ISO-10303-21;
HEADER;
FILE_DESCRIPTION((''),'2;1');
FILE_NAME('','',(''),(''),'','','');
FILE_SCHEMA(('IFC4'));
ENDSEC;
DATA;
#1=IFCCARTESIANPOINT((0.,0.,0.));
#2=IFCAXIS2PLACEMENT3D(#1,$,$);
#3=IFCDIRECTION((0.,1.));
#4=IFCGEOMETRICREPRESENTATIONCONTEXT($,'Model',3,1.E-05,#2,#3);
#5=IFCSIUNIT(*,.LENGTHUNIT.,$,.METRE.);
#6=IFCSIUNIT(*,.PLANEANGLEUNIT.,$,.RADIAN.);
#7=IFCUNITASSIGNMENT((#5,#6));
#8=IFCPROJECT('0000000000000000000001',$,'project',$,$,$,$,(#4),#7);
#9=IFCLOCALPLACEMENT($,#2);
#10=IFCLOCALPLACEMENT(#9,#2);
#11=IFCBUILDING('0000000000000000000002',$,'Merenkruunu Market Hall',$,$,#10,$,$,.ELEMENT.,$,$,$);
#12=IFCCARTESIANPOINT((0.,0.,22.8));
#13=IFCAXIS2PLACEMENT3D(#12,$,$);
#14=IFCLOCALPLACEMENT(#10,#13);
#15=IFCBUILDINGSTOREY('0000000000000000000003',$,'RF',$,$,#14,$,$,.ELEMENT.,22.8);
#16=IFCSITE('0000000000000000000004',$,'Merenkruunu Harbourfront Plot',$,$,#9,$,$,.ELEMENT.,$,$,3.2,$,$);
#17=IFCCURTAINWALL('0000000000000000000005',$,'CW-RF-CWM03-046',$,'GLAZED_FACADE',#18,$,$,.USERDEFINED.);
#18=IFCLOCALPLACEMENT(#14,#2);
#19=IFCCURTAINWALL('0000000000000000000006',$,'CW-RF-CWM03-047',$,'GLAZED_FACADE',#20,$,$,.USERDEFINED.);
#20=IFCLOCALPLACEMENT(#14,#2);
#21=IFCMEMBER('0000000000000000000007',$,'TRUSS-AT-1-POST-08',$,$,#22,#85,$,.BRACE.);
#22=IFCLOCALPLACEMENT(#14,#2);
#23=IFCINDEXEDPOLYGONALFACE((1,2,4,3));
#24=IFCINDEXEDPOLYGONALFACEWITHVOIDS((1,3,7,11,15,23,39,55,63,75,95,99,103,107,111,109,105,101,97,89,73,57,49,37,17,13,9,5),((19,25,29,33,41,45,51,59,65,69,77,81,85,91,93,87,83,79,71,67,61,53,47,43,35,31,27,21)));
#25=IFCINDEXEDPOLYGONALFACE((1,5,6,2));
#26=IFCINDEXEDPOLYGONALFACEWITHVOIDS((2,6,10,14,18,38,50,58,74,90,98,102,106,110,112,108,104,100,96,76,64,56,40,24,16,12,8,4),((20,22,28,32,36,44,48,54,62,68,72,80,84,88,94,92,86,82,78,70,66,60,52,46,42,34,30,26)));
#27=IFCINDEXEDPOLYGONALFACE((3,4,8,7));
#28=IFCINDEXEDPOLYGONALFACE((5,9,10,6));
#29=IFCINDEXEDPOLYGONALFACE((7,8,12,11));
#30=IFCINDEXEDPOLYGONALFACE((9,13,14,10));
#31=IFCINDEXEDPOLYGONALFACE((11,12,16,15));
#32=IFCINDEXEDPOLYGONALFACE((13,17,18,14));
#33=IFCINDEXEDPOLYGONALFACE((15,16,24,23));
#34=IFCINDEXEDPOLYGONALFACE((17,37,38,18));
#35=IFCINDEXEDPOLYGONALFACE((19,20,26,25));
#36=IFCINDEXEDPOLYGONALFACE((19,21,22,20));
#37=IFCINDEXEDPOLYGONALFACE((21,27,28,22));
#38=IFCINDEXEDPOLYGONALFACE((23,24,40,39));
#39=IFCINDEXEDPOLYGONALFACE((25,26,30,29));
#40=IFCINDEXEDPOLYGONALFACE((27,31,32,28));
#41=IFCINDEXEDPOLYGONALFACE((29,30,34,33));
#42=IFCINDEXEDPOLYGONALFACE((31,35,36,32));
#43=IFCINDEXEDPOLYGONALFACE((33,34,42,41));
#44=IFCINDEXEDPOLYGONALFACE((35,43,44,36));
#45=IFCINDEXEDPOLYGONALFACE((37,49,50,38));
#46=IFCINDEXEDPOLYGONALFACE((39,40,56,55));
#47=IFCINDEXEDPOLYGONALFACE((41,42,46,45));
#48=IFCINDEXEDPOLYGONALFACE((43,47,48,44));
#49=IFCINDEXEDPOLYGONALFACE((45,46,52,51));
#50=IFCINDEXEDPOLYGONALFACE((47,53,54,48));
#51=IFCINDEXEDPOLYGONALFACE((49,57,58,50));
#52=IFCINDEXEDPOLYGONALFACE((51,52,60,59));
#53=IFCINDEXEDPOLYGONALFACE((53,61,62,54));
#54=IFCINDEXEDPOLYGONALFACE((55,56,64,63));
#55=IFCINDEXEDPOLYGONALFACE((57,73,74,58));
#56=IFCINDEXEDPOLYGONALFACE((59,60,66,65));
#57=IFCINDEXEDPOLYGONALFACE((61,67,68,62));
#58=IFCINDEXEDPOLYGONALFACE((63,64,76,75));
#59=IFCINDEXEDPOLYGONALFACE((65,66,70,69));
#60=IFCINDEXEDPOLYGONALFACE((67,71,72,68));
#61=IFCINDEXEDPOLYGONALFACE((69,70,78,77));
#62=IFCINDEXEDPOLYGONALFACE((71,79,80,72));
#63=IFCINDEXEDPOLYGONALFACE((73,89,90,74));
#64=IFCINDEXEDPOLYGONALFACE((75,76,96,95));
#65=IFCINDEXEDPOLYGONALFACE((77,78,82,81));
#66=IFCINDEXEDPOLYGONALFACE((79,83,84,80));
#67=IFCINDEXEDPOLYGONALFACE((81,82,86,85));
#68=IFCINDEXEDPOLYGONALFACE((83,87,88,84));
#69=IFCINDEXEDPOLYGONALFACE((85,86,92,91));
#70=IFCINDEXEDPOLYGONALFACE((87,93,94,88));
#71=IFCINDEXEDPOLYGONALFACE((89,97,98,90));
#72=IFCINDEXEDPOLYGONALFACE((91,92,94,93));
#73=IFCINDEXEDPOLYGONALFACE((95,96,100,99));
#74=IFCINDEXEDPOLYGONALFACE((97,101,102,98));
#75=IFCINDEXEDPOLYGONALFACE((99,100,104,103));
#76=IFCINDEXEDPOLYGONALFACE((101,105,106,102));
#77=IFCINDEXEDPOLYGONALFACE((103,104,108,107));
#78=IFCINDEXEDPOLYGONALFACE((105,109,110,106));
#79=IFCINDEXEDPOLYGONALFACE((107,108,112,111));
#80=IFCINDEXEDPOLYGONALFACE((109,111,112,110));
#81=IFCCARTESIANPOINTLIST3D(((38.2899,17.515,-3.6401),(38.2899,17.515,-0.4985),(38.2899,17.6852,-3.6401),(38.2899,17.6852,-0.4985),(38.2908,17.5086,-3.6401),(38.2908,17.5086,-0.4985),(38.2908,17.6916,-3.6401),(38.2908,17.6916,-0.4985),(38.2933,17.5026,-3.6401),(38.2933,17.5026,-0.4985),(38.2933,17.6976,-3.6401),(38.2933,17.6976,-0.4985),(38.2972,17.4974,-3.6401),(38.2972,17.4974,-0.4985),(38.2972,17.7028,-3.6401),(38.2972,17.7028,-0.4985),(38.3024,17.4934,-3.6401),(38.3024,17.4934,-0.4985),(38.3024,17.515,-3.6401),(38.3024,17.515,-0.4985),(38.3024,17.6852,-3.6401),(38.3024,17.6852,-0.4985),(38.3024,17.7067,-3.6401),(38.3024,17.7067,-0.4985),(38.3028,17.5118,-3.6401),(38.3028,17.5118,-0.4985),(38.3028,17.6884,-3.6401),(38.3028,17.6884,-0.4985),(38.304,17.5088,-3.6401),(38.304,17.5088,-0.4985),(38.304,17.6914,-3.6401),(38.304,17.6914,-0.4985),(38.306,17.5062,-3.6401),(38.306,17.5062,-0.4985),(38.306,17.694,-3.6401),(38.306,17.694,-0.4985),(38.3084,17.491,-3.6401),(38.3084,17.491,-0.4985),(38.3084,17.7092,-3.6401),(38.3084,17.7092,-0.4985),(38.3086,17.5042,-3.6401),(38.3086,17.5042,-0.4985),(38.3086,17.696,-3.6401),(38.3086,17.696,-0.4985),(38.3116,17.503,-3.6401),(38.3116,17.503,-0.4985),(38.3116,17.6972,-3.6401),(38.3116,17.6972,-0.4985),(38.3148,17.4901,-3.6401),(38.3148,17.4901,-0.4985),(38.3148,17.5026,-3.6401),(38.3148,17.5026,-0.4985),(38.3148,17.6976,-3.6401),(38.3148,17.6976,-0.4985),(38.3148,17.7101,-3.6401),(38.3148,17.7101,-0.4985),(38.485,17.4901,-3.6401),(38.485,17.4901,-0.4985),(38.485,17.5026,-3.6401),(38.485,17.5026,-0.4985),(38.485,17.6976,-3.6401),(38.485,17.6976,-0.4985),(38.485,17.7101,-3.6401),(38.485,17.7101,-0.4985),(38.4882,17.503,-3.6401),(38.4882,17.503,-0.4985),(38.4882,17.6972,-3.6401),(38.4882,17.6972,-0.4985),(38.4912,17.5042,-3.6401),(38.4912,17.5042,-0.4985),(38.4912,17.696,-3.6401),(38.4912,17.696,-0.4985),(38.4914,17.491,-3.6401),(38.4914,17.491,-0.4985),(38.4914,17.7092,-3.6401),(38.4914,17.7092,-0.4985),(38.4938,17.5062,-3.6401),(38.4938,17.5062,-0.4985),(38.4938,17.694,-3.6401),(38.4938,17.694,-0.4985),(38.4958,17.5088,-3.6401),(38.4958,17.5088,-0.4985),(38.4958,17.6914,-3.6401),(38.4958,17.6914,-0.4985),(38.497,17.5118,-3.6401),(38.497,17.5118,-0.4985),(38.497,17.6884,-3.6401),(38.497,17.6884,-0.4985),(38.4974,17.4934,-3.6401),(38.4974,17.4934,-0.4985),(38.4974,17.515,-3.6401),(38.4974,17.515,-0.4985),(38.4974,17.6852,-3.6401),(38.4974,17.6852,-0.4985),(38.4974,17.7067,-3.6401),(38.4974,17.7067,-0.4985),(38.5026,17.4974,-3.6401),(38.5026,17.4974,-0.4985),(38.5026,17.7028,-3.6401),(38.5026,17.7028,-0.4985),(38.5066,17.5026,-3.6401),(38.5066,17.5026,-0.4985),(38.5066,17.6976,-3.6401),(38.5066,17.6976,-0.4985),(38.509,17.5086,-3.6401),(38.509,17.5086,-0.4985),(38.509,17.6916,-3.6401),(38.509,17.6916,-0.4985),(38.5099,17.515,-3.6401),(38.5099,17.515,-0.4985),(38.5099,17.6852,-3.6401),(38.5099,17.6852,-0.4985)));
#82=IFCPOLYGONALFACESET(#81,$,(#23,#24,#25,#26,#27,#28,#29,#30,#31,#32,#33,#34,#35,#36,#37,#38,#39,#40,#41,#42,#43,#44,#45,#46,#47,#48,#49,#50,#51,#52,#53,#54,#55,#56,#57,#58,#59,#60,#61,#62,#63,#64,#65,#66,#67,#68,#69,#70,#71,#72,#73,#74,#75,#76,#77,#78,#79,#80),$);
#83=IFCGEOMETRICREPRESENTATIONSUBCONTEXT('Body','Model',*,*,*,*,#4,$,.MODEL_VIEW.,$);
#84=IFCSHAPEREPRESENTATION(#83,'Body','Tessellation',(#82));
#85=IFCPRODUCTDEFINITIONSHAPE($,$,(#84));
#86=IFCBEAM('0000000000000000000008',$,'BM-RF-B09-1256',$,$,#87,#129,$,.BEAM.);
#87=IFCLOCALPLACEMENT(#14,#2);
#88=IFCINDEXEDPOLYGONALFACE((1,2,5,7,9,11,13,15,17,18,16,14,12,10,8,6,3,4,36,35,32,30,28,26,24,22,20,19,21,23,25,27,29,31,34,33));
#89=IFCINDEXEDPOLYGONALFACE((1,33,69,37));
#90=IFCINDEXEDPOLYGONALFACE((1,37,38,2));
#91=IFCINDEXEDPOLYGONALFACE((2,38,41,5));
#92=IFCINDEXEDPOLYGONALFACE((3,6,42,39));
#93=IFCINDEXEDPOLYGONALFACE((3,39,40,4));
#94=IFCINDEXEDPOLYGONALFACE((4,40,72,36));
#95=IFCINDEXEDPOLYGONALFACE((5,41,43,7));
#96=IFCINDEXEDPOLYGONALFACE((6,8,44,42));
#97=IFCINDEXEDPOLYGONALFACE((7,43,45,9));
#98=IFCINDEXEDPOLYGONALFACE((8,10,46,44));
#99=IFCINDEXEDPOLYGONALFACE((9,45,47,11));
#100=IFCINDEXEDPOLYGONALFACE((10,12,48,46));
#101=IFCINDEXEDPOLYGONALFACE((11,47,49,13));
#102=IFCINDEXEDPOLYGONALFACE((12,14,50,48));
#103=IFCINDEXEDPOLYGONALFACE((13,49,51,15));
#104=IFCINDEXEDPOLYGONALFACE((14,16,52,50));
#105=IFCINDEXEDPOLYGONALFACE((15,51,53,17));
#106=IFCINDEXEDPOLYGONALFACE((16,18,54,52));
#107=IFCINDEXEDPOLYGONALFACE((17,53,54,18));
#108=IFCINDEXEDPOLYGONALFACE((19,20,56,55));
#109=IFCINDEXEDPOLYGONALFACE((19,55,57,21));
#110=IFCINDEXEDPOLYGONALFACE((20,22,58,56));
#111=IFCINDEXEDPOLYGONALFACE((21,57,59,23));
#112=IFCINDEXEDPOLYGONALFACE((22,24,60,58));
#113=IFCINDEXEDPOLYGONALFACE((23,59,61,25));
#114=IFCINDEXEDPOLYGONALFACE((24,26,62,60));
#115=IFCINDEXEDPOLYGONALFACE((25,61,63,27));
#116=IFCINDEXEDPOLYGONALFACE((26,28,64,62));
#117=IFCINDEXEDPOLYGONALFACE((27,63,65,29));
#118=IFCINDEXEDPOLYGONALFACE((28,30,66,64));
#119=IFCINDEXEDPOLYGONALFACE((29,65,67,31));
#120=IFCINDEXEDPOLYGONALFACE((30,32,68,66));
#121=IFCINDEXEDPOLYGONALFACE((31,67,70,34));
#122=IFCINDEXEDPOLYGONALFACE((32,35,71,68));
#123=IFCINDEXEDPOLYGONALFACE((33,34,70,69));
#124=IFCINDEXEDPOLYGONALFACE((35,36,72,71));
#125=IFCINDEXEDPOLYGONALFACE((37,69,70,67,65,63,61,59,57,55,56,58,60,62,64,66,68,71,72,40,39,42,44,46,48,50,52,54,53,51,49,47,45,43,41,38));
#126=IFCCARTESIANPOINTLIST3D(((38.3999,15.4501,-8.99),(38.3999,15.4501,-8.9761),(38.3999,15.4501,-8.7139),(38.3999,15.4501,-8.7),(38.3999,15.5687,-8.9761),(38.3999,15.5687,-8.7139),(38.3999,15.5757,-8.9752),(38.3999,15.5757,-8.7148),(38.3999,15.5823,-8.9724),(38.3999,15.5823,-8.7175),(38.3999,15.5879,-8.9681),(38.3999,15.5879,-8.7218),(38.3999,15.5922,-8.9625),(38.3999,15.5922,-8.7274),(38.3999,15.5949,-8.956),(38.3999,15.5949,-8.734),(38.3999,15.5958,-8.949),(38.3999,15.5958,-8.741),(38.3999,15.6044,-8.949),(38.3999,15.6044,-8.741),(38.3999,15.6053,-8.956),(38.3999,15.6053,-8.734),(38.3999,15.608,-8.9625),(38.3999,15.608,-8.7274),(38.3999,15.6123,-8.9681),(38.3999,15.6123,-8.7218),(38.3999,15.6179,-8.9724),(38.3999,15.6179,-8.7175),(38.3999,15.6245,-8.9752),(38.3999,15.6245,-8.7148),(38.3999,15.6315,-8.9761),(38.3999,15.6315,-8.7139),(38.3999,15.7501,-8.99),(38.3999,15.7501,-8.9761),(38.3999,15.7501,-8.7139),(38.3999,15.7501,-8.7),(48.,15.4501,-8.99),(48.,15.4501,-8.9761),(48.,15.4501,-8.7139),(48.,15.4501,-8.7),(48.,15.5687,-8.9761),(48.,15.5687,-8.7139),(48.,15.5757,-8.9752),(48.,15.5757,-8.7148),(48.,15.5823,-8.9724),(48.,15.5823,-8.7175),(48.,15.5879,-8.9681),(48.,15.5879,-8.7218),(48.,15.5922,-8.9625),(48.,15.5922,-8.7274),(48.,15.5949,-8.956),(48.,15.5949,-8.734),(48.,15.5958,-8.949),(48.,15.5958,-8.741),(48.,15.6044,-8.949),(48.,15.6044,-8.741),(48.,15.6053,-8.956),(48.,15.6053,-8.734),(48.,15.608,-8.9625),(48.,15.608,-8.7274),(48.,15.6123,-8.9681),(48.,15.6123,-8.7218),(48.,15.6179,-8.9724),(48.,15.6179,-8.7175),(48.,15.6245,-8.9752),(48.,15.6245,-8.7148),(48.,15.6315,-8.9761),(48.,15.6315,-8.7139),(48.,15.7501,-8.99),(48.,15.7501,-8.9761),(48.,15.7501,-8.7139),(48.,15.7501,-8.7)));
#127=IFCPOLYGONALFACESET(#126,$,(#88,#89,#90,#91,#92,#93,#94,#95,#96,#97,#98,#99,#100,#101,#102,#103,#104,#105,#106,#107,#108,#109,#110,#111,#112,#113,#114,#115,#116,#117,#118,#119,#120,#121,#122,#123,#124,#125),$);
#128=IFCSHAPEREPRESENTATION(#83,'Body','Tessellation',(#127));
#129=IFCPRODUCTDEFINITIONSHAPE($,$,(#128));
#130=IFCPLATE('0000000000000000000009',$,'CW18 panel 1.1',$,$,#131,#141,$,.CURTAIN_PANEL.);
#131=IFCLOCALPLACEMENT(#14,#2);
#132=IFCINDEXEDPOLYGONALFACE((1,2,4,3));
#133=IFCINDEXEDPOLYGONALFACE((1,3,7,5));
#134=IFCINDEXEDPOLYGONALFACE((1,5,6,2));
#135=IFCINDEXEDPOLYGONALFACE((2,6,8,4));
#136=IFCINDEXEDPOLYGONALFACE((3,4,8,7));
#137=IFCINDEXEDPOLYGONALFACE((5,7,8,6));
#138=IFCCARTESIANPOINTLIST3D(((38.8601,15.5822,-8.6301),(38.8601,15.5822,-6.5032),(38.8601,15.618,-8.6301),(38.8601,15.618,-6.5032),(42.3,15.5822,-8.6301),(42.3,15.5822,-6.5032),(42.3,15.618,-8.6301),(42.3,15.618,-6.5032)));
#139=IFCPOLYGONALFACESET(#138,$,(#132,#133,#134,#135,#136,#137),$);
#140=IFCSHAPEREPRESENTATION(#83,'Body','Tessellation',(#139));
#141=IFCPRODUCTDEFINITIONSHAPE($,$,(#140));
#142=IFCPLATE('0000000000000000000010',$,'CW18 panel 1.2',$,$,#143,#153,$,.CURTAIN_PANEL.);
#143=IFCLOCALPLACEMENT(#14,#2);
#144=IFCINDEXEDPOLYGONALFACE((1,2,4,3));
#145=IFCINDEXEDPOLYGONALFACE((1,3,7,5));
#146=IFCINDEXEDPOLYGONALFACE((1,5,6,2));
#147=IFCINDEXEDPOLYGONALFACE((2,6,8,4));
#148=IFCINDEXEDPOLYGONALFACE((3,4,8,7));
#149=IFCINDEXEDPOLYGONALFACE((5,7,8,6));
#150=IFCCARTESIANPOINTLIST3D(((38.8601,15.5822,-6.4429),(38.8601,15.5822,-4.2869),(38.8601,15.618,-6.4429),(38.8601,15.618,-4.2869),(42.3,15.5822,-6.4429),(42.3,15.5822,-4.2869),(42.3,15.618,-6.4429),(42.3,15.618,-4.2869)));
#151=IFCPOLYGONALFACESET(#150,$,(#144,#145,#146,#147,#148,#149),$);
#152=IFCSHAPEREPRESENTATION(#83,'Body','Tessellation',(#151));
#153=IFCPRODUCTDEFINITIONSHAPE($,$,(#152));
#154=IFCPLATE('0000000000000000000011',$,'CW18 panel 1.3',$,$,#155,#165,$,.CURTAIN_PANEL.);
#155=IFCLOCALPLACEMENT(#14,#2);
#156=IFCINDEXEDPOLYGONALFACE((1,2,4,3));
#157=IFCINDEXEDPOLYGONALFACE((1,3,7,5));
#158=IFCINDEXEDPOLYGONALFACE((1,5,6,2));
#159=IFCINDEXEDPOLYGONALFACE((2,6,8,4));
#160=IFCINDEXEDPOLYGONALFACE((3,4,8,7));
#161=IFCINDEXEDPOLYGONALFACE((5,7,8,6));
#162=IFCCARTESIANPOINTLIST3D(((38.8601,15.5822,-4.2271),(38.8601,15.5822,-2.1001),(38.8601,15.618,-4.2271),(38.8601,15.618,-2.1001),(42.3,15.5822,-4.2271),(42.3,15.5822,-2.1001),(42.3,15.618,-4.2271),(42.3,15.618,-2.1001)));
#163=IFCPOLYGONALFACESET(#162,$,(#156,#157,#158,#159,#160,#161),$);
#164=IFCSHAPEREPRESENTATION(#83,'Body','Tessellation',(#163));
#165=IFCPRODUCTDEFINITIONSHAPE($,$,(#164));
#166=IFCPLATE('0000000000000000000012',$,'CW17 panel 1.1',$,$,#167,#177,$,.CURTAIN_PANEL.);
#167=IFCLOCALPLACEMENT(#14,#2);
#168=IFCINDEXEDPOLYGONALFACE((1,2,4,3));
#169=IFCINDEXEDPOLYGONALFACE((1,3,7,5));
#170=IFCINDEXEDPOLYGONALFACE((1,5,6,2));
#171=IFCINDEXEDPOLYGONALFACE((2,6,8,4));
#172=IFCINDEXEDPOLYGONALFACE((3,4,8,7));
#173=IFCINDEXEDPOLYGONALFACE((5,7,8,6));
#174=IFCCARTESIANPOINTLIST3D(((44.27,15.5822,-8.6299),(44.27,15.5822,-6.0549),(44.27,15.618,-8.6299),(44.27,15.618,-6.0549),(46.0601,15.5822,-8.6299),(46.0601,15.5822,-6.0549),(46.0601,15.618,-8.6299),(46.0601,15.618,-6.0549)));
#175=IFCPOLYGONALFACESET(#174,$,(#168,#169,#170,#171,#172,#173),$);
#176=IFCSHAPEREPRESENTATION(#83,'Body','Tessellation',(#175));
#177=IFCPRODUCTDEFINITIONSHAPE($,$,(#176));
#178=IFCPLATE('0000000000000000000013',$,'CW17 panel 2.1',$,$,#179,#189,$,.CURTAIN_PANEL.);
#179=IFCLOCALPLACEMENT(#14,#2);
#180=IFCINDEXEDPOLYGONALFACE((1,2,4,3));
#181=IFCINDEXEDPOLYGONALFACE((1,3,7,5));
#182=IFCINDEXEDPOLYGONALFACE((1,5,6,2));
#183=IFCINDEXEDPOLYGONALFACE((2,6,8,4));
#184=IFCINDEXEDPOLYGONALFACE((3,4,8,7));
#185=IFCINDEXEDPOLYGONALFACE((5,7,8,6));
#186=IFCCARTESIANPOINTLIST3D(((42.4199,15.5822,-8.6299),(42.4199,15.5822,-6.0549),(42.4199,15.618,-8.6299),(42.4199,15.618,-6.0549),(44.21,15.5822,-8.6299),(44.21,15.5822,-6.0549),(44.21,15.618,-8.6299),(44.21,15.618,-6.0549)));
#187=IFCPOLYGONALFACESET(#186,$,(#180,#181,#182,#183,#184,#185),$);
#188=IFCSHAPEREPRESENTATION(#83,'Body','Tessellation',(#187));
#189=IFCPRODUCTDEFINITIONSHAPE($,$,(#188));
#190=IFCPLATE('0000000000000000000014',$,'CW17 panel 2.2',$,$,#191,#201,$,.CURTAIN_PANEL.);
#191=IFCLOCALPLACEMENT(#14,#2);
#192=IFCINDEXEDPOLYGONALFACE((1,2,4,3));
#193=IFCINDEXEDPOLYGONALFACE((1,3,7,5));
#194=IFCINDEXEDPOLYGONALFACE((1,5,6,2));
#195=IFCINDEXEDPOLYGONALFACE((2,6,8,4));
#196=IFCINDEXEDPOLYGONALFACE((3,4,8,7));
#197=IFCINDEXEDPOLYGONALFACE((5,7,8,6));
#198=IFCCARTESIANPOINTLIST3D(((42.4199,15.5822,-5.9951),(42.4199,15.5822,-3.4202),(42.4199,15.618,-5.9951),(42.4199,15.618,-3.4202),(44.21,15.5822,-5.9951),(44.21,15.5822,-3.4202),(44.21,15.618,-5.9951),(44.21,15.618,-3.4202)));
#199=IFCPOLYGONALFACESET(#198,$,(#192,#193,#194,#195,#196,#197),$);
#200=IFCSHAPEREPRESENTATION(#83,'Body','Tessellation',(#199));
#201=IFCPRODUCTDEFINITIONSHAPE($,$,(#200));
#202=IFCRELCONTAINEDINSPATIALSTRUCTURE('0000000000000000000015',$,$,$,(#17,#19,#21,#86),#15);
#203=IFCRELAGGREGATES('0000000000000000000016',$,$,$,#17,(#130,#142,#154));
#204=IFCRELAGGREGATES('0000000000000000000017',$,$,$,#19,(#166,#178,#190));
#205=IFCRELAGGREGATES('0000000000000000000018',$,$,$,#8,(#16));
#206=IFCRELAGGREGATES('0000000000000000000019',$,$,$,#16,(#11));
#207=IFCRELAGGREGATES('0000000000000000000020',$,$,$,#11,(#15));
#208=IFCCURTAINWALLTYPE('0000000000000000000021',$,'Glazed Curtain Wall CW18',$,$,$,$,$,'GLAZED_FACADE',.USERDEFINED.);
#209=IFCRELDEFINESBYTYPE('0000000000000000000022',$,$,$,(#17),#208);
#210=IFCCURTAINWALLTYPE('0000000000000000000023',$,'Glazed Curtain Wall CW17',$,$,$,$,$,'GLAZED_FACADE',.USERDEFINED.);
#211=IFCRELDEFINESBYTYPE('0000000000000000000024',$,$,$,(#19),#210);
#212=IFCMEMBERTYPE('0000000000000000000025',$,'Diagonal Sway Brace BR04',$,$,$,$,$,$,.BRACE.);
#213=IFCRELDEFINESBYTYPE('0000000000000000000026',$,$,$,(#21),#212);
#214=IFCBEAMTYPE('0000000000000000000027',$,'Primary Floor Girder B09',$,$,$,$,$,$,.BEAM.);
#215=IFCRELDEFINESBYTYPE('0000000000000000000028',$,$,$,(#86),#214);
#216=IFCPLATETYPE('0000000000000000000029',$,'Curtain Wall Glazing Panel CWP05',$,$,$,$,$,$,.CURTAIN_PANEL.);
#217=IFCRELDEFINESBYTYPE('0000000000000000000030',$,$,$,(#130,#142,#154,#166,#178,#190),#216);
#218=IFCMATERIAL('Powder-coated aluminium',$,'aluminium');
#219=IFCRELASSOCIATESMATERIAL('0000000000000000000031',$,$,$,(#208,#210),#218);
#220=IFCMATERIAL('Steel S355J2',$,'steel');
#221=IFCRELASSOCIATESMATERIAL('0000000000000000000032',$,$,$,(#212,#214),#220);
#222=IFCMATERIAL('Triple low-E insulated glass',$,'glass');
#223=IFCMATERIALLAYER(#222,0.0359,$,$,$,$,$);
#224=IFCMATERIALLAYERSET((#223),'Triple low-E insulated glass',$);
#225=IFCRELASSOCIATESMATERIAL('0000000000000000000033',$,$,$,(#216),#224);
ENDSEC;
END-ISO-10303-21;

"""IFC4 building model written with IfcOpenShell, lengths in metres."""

from ifc_helpers import new_model, si_unit, direction, frame, origin, origin_2d, place, context, subcontext, project, spatial, rectangle, hollow_rectangle, i_section, extrude, material, layer, layer_set, material_profile, profile_set, type_object, element, aggregate, save


model = new_model("IFC4")

# Units and contexts
model_context = context("Model", 3, precision=1e-05, world=origin(), true_north=direction((0.0, 1.0)))
body_context = subcontext(model_context, "Body", "Model", "MODEL_VIEW")
ifc_project = project(units=[si_unit("LENGTHUNIT", "METRE"), si_unit("PLANEANGLEUNIT", "RADIAN")], contexts=[model_context])

# Site, building, storey
site_placement = place(None, origin())
site = spatial("IfcSite", under=ifc_project, at=site_placement, Name="Merenkruunu Harbourfront Plot", CompositionType="ELEMENT", RefElevation=3.2)
building_placement = place(site_placement, origin())
building = spatial("IfcBuilding", under=site, at=building_placement, Name="Merenkruunu Market Hall", CompositionType="ELEMENT")
storey_placement = place(building_placement, frame((0.0, 0.0, 22.8)))
storey = spatial("IfcBuildingStorey", under=building, at=storey_placement, Name="RF", CompositionType="ELEMENT", Elevation=22.8)

# Shared definitions
ifc_material_1 = material(Name="Powder-coated aluminium", Category="aluminium")
curtain_wall_type_1 = type_object("IfcCurtainWallType", Name="Glazed Curtain Wall CW18", ElementType="GLAZED_FACADE", PredefinedType="USERDEFINED", material=ifc_material_1)

# Curtain walls
curtain_wall_1_placement = place(storey_placement, origin())
curtain_wall_1 = element("IfcCurtainWall", 1, at=curtain_wall_1_placement, inside=storey, type_object=curtain_wall_type_1, Name="CW-RF-CWM03-046", ObjectType="GLAZED_FACADE", PredefinedType="USERDEFINED")
curtain_wall_type_2 = type_object("IfcCurtainWallType", Name="Glazed Curtain Wall CW17", ElementType="GLAZED_FACADE", PredefinedType="USERDEFINED", material=ifc_material_1)
curtain_wall_2_placement = place(storey_placement, origin())
curtain_wall_2 = element("IfcCurtainWall", 2, at=curtain_wall_2_placement, inside=storey, type_object=curtain_wall_type_2, Name="CW-RF-CWM03-047", ObjectType="GLAZED_FACADE", PredefinedType="USERDEFINED")

# Member
ifc_material_2 = material(Name="Steel S355J2", Category="steel")
ifc_material_profile_1 = material_profile(ifc_material_2, hollow_rectangle(XDim=0.22, YDim=0.22, WallThickness=0.0125, InnerFilletRadius=0.0125, OuterFilletRadius=0.0249, at=origin_2d()), Name="SHS 220x220x12.5")
ifc_profile_set_1 = profile_set([ifc_material_profile_1], Name="Steel S355J2")
member_type_1 = type_object("IfcMemberType", Name="Diagonal Sway Brace BR04", PredefinedType="BRACE", material=ifc_profile_set_1)
member_1_placement = place(storey_placement, frame((38.3999, 17.6001, -3.6401), z_axis=(0.0, 0.0, 1.0), x_axis=(1.0, 0.0, 0.0)))
element("IfcMember", 3, at=member_1_placement, inside=storey, type_object=member_type_1, Name="TRUSS-AT-1-POST-08", PredefinedType="BRACE", context=body_context, shape_type="SweptSolid", body=[
    extrude(hollow_rectangle(XDim=0.22, YDim=0.22, WallThickness=0.0125, InnerFilletRadius=0.0125, OuterFilletRadius=0.0249, at=origin_2d()), origin(), (0.0, 0.0, 1.0), 3.1416),
])

# Beam
ifc_material_profile_2 = material_profile(ifc_material_2, i_section(OverallWidth=0.3, OverallDepth=0.29, WebThickness=0.0085, FlangeThickness=0.0139, FilletRadius=0.0271, at=origin_2d()), Name="HEA 300")
ifc_profile_set_2 = profile_set([ifc_material_profile_2], Name="Steel S355J2")
beam_type = type_object("IfcBeamType", Name="Primary Floor Girder B09", PredefinedType="BEAM", material=ifc_profile_set_2)
beam_placement = place(storey_placement, frame((38.3999, 15.6001, -8.845), z_axis=(1.0, 0.0, 0.0), x_axis=(0.0, 1.0, 0.0)))
element("IfcBeam", 4, at=beam_placement, inside=storey, type_object=beam_type, Name="BM-RF-B09-1256", PredefinedType="BEAM", context=body_context, shape_type="SweptSolid", body=[
    extrude(i_section(OverallWidth=0.3, OverallDepth=0.29, WebThickness=0.0085, FlangeThickness=0.0139, FilletRadius=0.0271, at=origin_2d()), origin(), (0.0, 0.0, 1.0), 9.6001),
])

# Plates
ifc_material_3 = material(Name="Triple low-E insulated glass", Category="glass")
ifc_layer_1 = layer(ifc_material_3, 0.0359)
ifc_layer_set_1 = layer_set([ifc_layer_1], Name="Triple low-E insulated glass")
plate_type_1 = type_object("IfcPlateType", Name="Curtain Wall Glazing Panel CWP05", PredefinedType="CURTAIN_PANEL", material=ifc_layer_set_1)
plate_1_placement = place(storey_placement, frame((40.5801, 15.6001, -8.6301), z_axis=(0.0, 0.0, 1.0), x_axis=(-1.0, 0.0, 0.0)))
plate_1 = element("IfcPlate", 5, at=plate_1_placement, type_object=plate_type_1, Name="CW18 panel 1.1", PredefinedType="CURTAIN_PANEL", context=body_context, shape_type="SweptSolid", body=[
    extrude(rectangle(XDim=3.4399, YDim=0.0359, at=origin_2d()), origin(), (0.0, 0.0, 1.0), 2.127),
])
plate_2_placement = place(storey_placement, frame((40.5801, 15.6001, -6.4429), z_axis=(0.0, 0.0, 1.0), x_axis=(-1.0, 0.0, 0.0)))
plate_2 = element("IfcPlate", 6, at=plate_2_placement, type_object=plate_type_1, Name="CW18 panel 1.2", PredefinedType="CURTAIN_PANEL", context=body_context, shape_type="SweptSolid", body=[
    extrude(rectangle(XDim=3.4399, YDim=0.0359, at=origin_2d()), origin(), (0.0, 0.0, 1.0), 2.156),
])
plate_3_placement = place(storey_placement, frame((40.5801, 15.6001, -4.2271), z_axis=(0.0, 0.0, 1.0), x_axis=(-1.0, 0.0, 0.0)))
plate_3 = element("IfcPlate", 7, at=plate_3_placement, type_object=plate_type_1, Name="CW18 panel 1.3", PredefinedType="CURTAIN_PANEL", context=body_context, shape_type="SweptSolid", body=[
    extrude(rectangle(XDim=3.4399, YDim=0.0359, at=origin_2d()), origin(), (0.0, 0.0, 1.0), 2.127),
])
aggregate(curtain_wall_1, [plate_1, plate_2, plate_3])
plate_4_placement = place(storey_placement, frame((45.165, 15.6001, -8.6299), z_axis=(0.0, 0.0, 1.0), x_axis=(-1.0, 0.0, 0.0)))
plate_4 = element("IfcPlate", 8, at=plate_4_placement, type_object=plate_type_1, Name="CW17 panel 1.1", PredefinedType="CURTAIN_PANEL", context=body_context, shape_type="SweptSolid", body=[
    extrude(rectangle(XDim=1.79, YDim=0.0359, at=origin_2d()), origin(), (0.0, 0.0, 1.0), 2.575),
])
plate_5_placement = place(storey_placement, frame((43.3149, 15.6001, -8.6299), z_axis=(0.0, 0.0, 1.0), x_axis=(-1.0, 0.0, 0.0)))
plate_5 = element("IfcPlate", 9, at=plate_5_placement, type_object=plate_type_1, Name="CW17 panel 2.1", PredefinedType="CURTAIN_PANEL", context=body_context, shape_type="SweptSolid", body=[
    extrude(rectangle(XDim=1.79, YDim=0.0359, at=origin_2d()), origin(), (0.0, 0.0, 1.0), 2.575),
])
plate_6_placement = place(storey_placement, frame((43.3149, 15.6001, -5.9951), z_axis=(0.0, 0.0, 1.0), x_axis=(-1.0, 0.0, 0.0)))
plate_6 = element("IfcPlate", 10, at=plate_6_placement, type_object=plate_type_1, Name="CW17 panel 2.2", PredefinedType="CURTAIN_PANEL", context=body_context, shape_type="SweptSolid", body=[
    extrude(rectangle(XDim=1.79, YDim=0.0359, at=origin_2d()), origin(), (0.0, 0.0, 1.0), 2.575),
])
aggregate(curtain_wall_2, [plate_4, plate_5, plate_6])

save(model, "model.ifc")
